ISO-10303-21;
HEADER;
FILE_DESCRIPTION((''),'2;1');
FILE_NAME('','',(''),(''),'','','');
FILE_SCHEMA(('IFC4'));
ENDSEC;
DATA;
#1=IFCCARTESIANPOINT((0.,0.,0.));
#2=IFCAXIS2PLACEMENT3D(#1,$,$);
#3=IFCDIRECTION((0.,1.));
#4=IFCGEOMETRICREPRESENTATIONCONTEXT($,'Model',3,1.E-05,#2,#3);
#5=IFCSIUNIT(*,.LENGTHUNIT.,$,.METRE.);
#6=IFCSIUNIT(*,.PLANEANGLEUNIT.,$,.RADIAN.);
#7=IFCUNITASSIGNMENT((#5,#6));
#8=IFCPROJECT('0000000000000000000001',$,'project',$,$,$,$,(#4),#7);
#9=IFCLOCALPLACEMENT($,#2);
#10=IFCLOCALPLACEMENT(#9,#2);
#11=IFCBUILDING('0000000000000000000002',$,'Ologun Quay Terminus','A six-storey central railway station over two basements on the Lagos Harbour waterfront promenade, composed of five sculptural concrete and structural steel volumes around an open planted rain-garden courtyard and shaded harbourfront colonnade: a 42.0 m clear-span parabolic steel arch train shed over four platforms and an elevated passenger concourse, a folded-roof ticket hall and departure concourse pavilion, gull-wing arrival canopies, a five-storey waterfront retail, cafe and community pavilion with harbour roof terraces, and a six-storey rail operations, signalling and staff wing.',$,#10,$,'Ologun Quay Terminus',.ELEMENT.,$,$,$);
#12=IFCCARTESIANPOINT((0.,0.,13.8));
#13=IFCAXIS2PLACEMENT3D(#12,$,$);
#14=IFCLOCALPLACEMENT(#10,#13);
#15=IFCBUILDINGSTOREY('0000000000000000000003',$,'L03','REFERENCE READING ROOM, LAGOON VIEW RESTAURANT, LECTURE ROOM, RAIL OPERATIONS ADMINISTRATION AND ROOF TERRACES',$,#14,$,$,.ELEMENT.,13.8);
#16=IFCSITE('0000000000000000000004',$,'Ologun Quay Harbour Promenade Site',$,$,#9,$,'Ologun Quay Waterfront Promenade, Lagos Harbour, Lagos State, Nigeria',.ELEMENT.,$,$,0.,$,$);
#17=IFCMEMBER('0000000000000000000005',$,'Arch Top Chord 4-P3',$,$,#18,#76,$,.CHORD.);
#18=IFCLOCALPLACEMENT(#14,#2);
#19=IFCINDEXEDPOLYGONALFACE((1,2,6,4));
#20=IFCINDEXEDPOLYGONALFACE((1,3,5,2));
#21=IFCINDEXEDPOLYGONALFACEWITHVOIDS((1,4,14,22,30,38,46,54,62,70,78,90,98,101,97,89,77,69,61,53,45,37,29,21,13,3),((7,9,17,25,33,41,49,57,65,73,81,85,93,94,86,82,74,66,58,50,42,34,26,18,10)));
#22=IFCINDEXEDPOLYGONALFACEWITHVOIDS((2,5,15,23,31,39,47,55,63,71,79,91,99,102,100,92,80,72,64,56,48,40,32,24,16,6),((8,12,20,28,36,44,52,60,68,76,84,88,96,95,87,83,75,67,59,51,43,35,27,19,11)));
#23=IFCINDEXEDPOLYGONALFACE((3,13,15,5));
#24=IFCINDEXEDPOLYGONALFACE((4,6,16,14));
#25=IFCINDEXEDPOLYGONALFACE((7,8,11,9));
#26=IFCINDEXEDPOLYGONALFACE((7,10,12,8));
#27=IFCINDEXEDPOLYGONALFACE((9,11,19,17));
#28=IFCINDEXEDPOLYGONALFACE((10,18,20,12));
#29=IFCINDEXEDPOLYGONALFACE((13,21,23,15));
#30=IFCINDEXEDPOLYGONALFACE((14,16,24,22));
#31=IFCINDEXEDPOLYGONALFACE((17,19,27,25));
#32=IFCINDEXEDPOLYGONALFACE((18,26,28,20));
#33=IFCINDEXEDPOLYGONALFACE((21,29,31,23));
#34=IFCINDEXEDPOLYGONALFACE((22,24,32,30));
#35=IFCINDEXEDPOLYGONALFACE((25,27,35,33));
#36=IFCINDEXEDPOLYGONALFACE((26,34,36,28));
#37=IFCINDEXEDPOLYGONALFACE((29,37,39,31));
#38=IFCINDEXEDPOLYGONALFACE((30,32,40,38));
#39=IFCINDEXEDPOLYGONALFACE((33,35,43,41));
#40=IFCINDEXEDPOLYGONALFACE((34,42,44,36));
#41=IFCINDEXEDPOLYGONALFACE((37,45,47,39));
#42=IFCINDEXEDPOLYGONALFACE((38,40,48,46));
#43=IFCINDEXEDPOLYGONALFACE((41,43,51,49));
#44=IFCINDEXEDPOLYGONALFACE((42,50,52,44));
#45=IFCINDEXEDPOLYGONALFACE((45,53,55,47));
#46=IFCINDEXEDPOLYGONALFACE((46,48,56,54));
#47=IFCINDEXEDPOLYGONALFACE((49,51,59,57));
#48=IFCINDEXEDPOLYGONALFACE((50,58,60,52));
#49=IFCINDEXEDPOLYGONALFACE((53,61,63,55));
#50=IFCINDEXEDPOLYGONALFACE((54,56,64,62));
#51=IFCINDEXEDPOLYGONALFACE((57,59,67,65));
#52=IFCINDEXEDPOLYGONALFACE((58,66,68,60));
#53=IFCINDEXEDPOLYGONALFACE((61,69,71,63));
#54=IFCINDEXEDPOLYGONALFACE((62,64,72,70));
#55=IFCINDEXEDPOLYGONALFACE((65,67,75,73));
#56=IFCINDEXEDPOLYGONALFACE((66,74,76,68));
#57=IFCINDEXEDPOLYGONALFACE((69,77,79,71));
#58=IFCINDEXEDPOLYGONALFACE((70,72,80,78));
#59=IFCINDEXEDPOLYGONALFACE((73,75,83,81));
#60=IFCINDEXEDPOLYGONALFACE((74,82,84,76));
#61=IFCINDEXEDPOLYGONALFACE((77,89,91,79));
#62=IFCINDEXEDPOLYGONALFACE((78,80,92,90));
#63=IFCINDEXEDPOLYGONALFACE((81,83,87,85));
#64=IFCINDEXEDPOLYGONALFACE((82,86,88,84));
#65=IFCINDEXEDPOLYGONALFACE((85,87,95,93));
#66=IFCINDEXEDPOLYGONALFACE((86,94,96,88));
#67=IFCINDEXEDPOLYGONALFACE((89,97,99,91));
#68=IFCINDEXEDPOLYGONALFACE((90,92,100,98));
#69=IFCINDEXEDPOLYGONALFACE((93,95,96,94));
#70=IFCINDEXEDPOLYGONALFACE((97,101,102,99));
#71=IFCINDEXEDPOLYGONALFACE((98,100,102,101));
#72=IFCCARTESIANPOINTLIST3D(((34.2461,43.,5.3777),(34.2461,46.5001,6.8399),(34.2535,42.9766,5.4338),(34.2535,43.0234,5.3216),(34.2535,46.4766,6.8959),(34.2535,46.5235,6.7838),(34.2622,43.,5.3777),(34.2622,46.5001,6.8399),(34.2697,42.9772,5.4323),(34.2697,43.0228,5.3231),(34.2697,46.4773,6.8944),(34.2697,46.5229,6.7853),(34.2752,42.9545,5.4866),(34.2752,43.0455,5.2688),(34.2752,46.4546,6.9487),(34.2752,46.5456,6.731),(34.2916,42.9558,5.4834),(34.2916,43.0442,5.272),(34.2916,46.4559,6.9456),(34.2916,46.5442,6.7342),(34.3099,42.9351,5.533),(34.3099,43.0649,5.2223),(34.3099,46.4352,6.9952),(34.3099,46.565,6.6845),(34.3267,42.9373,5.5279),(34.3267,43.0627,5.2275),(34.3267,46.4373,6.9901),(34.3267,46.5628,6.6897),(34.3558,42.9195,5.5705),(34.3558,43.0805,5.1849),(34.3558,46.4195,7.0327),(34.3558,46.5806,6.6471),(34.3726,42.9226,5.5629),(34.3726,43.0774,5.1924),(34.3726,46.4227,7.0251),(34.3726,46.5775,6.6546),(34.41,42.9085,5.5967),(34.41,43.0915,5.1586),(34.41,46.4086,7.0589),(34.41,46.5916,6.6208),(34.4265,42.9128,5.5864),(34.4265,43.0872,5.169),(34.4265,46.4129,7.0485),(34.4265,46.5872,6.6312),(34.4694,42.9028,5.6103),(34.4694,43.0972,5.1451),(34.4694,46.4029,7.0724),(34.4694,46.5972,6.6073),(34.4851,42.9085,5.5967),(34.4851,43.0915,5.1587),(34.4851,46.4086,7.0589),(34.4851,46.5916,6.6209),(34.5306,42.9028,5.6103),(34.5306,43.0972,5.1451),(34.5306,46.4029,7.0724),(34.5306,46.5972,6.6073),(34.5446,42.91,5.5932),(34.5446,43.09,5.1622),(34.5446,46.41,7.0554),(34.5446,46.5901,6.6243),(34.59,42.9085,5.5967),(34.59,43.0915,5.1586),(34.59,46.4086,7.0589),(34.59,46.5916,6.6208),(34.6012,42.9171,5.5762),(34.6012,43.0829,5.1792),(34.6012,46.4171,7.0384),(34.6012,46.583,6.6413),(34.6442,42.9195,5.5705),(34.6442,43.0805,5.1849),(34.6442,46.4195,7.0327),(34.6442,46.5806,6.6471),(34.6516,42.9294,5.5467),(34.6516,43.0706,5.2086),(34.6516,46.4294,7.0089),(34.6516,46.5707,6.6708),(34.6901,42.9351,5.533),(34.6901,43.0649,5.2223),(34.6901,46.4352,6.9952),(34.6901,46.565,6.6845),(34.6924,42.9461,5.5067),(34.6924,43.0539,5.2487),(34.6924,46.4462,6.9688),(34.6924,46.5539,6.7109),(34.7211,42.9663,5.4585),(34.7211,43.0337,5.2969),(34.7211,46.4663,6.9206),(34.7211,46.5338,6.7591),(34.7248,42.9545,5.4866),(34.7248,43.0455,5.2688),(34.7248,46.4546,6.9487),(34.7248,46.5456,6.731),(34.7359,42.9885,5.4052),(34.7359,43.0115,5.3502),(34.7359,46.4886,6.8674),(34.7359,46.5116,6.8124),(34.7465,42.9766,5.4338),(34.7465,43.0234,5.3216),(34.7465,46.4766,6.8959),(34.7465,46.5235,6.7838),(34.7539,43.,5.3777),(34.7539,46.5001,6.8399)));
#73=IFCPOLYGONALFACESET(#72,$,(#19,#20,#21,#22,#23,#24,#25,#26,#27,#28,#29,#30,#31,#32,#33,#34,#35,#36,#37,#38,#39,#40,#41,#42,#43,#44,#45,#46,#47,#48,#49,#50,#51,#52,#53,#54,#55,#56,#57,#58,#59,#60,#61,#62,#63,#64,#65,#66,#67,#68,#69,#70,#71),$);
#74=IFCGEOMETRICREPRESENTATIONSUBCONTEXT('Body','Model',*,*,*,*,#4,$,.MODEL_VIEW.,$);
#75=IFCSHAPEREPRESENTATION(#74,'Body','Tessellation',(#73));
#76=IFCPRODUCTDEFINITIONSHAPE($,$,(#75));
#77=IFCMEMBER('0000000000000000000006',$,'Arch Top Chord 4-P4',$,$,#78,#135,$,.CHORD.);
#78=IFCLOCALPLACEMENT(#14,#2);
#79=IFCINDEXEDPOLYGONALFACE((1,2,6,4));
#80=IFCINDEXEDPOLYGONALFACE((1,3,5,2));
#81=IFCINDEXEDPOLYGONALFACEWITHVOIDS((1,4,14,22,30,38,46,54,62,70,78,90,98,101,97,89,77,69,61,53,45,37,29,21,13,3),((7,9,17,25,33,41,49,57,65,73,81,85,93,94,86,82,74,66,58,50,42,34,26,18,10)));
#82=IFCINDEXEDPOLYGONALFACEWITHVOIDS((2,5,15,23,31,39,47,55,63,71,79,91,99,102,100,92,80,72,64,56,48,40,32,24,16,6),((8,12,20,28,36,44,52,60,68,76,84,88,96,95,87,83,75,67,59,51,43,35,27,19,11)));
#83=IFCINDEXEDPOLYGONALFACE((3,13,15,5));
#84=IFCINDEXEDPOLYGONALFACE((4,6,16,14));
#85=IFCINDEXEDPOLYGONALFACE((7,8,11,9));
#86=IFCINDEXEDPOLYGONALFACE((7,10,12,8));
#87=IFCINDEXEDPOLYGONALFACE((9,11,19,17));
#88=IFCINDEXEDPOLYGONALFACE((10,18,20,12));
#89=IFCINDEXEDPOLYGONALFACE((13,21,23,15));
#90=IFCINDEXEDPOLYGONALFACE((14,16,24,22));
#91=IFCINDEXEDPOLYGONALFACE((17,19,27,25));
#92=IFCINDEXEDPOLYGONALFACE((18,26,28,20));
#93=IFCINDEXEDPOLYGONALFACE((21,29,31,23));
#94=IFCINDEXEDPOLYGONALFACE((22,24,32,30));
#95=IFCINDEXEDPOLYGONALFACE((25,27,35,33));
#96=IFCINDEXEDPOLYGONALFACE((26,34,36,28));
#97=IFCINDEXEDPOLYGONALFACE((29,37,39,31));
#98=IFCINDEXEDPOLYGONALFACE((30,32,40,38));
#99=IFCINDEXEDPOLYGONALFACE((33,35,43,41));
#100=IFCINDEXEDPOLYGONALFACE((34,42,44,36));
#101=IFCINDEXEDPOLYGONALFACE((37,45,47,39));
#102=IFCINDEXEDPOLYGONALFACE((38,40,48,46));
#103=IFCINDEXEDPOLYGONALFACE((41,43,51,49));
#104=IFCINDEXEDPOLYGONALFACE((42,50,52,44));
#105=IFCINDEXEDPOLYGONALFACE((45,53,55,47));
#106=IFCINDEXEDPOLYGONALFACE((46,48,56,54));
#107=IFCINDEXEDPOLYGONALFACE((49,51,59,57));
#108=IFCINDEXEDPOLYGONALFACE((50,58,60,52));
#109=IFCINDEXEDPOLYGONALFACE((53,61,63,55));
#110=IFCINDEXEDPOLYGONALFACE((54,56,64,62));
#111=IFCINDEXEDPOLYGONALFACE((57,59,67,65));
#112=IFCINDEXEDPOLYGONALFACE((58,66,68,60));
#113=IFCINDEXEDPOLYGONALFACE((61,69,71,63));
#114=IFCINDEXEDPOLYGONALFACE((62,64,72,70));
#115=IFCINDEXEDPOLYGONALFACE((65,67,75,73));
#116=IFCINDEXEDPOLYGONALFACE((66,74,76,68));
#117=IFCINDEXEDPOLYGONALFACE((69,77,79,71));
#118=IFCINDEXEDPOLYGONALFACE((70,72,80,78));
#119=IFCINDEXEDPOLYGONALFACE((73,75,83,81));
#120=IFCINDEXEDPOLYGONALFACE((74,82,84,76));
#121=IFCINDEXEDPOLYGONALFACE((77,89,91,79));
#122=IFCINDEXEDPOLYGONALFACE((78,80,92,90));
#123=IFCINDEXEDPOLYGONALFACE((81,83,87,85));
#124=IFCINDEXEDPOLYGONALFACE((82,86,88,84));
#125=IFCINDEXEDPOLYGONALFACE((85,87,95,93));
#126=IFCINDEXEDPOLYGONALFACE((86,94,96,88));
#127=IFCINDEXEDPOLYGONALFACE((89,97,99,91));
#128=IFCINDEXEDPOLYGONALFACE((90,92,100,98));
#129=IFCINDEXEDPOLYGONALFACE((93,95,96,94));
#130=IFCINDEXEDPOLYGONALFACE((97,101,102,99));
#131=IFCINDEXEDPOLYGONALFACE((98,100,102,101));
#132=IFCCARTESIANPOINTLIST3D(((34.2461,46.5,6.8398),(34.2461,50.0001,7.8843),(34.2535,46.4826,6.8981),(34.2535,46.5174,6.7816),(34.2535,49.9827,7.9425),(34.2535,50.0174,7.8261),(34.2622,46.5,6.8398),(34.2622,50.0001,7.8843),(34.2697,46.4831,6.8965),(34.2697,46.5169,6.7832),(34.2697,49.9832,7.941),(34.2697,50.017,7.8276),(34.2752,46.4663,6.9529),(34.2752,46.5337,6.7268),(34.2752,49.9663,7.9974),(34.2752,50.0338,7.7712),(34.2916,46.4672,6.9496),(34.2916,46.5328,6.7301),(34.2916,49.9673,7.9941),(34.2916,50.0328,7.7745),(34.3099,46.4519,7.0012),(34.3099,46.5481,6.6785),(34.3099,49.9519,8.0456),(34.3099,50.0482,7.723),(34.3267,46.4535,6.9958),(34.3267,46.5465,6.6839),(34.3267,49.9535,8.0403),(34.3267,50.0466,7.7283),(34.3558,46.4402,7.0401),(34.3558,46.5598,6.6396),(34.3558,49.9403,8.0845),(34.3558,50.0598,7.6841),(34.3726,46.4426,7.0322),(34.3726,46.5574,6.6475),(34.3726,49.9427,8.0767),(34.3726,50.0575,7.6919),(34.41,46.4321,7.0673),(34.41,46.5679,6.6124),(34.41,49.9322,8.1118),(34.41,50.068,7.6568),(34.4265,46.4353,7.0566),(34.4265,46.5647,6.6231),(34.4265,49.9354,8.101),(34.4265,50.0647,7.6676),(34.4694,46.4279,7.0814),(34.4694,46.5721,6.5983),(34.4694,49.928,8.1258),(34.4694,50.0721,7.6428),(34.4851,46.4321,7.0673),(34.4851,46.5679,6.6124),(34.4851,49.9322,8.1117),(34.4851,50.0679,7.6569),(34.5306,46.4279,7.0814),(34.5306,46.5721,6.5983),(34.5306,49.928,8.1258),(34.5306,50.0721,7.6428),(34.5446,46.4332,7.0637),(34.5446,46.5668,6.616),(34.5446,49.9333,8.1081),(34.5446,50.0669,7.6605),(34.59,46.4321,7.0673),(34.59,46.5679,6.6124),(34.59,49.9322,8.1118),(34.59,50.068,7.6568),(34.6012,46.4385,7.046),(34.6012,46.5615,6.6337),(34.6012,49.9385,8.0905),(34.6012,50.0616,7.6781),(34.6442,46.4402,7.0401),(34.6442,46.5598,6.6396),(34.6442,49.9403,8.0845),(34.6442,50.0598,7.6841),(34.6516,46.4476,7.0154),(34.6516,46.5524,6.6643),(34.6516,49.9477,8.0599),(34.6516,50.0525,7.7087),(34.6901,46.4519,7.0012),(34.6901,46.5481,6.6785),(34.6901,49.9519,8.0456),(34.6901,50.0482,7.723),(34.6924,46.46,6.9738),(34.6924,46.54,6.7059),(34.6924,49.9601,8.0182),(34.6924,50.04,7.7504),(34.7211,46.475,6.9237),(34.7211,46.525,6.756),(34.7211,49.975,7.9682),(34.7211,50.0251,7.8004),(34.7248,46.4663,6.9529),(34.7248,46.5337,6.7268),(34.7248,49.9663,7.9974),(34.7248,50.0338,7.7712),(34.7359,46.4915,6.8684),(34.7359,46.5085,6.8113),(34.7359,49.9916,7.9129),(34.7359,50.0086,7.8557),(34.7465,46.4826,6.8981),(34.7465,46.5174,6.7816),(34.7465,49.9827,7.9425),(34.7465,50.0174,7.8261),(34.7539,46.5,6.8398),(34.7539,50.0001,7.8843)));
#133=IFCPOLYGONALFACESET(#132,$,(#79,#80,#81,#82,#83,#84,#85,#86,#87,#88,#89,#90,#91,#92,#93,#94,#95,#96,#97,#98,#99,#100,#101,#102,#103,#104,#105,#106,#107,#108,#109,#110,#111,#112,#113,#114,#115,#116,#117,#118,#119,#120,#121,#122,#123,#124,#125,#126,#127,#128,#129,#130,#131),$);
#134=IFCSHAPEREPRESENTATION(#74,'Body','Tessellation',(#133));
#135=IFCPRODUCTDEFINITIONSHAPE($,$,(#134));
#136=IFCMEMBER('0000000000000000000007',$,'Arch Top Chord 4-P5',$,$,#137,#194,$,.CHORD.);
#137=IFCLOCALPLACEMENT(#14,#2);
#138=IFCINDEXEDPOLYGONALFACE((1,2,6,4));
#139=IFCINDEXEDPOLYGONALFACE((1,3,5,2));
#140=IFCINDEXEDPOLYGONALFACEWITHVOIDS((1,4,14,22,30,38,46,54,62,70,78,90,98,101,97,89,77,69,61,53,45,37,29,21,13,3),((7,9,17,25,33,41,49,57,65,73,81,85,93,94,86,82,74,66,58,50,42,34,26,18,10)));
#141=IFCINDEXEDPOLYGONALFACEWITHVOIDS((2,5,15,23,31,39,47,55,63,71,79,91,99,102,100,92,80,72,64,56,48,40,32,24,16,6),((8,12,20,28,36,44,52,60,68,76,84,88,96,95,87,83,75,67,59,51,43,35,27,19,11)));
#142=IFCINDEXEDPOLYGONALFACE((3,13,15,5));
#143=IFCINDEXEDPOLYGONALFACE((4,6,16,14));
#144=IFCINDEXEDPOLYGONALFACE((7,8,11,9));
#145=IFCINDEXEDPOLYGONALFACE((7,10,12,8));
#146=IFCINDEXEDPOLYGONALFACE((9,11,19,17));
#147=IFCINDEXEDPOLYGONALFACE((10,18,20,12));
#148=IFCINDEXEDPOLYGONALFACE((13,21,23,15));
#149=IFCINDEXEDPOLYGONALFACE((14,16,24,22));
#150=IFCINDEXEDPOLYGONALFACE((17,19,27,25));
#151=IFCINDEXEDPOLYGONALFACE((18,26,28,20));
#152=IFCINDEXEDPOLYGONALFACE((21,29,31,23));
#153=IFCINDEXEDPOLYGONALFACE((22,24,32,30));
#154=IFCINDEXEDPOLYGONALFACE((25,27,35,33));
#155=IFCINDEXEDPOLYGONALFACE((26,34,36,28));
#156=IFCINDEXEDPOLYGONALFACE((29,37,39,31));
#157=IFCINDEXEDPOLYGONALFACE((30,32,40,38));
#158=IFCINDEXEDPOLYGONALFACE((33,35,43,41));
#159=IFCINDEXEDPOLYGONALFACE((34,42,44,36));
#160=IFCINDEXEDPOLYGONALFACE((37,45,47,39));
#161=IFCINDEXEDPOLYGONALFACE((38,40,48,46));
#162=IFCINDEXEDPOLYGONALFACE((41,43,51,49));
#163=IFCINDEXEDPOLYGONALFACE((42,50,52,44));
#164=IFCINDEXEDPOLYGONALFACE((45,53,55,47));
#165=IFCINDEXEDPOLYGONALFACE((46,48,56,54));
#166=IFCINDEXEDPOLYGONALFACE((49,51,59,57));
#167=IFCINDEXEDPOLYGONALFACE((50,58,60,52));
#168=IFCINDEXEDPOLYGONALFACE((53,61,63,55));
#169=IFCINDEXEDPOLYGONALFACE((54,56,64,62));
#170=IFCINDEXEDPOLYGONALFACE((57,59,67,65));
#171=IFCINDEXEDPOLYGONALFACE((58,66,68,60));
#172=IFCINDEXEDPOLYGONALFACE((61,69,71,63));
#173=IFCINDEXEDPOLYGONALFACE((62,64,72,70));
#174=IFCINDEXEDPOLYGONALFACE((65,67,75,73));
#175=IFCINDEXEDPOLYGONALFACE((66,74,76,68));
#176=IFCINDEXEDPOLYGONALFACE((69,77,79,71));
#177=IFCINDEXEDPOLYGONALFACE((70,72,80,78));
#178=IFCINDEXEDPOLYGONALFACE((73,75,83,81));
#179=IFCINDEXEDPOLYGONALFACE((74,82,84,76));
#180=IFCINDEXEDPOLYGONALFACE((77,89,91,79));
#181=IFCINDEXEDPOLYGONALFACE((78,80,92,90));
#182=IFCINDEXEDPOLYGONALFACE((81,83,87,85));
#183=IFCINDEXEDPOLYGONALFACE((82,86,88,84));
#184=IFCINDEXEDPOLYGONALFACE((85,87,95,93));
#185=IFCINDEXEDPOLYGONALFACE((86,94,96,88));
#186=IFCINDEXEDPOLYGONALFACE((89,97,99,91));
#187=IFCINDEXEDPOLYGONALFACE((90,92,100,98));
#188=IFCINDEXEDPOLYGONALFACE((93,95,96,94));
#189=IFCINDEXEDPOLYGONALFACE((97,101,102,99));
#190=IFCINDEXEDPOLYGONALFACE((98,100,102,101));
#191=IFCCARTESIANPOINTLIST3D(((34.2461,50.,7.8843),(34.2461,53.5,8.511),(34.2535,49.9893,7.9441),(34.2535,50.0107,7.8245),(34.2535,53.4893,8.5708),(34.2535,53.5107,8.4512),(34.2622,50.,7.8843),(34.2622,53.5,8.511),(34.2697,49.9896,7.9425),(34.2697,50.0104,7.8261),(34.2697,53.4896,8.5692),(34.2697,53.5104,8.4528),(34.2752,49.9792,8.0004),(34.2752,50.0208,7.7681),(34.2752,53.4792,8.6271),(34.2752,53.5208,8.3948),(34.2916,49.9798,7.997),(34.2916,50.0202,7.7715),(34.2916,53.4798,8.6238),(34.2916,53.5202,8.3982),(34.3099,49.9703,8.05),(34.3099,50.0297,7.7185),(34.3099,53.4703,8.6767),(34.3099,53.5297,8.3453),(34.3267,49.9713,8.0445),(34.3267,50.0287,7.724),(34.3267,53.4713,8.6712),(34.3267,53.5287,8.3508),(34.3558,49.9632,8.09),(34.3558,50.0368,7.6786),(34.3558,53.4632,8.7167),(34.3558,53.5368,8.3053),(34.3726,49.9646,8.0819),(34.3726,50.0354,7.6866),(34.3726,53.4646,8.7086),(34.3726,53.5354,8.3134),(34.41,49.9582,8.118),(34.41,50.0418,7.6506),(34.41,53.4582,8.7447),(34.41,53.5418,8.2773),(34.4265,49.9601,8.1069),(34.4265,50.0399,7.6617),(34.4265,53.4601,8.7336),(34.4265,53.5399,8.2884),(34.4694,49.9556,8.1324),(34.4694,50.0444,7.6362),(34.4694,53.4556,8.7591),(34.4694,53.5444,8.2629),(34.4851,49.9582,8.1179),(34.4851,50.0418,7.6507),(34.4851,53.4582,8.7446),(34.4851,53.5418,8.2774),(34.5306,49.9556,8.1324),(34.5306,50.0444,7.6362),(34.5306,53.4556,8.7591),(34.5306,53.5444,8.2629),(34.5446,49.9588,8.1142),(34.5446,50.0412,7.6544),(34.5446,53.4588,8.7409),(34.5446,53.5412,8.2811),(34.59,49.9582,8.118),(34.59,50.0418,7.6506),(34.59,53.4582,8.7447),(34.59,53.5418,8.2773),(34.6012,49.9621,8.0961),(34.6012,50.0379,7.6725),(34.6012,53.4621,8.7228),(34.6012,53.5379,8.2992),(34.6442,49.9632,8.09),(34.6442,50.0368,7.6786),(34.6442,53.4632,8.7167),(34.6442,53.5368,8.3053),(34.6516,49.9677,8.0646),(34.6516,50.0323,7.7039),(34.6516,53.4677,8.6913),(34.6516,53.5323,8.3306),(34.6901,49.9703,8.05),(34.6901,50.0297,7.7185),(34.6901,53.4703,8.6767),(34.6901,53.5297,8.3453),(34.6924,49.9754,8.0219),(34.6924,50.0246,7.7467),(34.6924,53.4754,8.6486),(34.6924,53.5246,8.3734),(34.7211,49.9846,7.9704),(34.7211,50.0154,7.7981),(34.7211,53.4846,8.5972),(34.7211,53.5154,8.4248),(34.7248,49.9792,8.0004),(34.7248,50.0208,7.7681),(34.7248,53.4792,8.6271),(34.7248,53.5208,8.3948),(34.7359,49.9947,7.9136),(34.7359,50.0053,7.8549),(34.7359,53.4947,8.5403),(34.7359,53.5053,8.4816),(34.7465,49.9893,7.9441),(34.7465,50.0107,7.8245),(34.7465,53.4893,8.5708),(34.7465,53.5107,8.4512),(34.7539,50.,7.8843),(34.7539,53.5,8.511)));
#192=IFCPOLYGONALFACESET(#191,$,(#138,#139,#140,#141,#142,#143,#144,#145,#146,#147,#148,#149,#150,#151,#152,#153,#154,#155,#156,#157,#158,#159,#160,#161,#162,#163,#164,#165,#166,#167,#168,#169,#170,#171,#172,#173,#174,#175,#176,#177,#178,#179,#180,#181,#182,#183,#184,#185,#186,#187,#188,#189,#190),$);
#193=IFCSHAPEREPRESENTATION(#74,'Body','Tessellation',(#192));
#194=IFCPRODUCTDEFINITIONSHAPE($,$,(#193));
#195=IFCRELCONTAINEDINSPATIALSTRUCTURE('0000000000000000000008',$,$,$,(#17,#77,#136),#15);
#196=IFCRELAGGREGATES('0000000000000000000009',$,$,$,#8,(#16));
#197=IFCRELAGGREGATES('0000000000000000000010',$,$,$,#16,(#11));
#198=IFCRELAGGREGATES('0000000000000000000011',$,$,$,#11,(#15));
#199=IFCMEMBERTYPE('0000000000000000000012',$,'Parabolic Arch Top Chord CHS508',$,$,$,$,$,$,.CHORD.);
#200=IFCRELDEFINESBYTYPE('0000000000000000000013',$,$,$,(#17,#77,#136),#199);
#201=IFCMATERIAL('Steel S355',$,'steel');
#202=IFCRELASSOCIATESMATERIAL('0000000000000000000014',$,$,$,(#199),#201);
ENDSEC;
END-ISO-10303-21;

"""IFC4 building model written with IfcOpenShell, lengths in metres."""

from ifc_helpers import new_model, si_unit, direction, frame, origin, origin_2d, place, context, subcontext, project, spatial, hollow_circle, extrude, material, material_profile, profile_set, type_object, element, save


model = new_model("IFC4")

# Units and contexts
model_context = context("Model", 3, precision=1e-05, world=origin(), true_north=direction((0.0, 1.0)))
body_context = subcontext(model_context, "Body", "Model", "MODEL_VIEW")
ifc_project = project(units=[si_unit("LENGTHUNIT", "METRE"), si_unit("PLANEANGLEUNIT", "RADIAN")], contexts=[model_context])

# Site, building, storey
site_placement = place(None, origin())
site = spatial("IfcSite", under=ifc_project, at=site_placement, Name="Ologun Quay Harbour Promenade Site", LongName="Ologun Quay Waterfront Promenade, Lagos Harbour, Lagos State, Nigeria", CompositionType="ELEMENT", RefElevation=0.0)
building_placement = place(site_placement, origin())
building = spatial("IfcBuilding", under=site, at=building_placement, Name="Ologun Quay Terminus", Description="A six-storey central railway station over two basements on the Lagos Harbour waterfront promenade, composed of five sculptural concrete and structural steel volumes around an open planted rain-garden courtyard and shaded harbourfront colonnade: a 42.0 m clear-span parabolic steel arch train shed over four platforms and an elevated passenger concourse, a folded-roof ticket hall and departure concourse pavilion, gull-wing arrival canopies, a five-storey waterfront retail, cafe and community pavilion with harbour roof terraces, and a six-storey rail operations, signalling and staff wing.", LongName="Ologun Quay Terminus", CompositionType="ELEMENT")
storey_placement = place(building_placement, frame((0.0, 0.0, 13.8)))
storey = spatial("IfcBuildingStorey", under=building, at=storey_placement, Name="L03", Description="REFERENCE READING ROOM, LAGOON VIEW RESTAURANT, LECTURE ROOM, RAIL OPERATIONS ADMINISTRATION AND ROOF TERRACES", CompositionType="ELEMENT", Elevation=13.8)

# Members
ifc_material_1 = material(Name="Steel S355", Category="steel")
ifc_material_profile_1 = material_profile(ifc_material_1, hollow_circle(Radius=0.2539, WallThickness=0.0161, at=origin_2d()), Name="CHS 508x16")
ifc_profile_set_1 = profile_set([ifc_material_profile_1], Name="Steel S355")
member_type_1 = type_object("IfcMemberType", Name="Parabolic Arch Top Chord CHS508", PredefinedType="CHORD", material=ifc_profile_set_1)
member_1_placement = place(storey_placement, frame((34.5, 43.0, 5.3777), z_axis=(0.0, 0.922719, 0.385474), x_axis=(-1.0, 0.0, 0.0)))
element("IfcMember", 1, at=member_1_placement, inside=storey, type_object=member_type_1, Name="Arch Top Chord 4-P3", PredefinedType="CHORD", context=body_context, shape_type="SweptSolid", body=[
    extrude(hollow_circle(Radius=0.2539, WallThickness=0.0161, at=origin_2d()), origin(), (0.0, 0.0, 1.0), 3.7932),
])
member_2_placement = place(storey_placement, frame((34.5, 46.5, 6.8398), z_axis=(0.0, 0.958245, 0.285949), x_axis=(-1.0, 0.0, 0.0)))
element("IfcMember", 2, at=member_2_placement, inside=storey, type_object=member_type_1, Name="Arch Top Chord 4-P4", PredefinedType="CHORD", context=body_context, shape_type="SweptSolid", body=[
    extrude(hollow_circle(Radius=0.2539, WallThickness=0.0161, at=origin_2d()), origin(), (0.0, 0.0, 1.0), 3.6526),
])
member_3_placement = place(storey_placement, frame((34.5, 50.0, 7.8843), z_axis=(0.0, 0.984344, 0.176256), x_axis=(-1.0, 0.0, 0.0)))
element("IfcMember", 3, at=member_3_placement, inside=storey, type_object=member_type_1, Name="Arch Top Chord 4-P5", PredefinedType="CHORD", context=body_context, shape_type="SweptSolid", body=[
    extrude(hollow_circle(Radius=0.2539, WallThickness=0.0161, at=origin_2d()), origin(), (0.0, 0.0, 1.0), 3.5557),
])

save(model, "model.ifc")
